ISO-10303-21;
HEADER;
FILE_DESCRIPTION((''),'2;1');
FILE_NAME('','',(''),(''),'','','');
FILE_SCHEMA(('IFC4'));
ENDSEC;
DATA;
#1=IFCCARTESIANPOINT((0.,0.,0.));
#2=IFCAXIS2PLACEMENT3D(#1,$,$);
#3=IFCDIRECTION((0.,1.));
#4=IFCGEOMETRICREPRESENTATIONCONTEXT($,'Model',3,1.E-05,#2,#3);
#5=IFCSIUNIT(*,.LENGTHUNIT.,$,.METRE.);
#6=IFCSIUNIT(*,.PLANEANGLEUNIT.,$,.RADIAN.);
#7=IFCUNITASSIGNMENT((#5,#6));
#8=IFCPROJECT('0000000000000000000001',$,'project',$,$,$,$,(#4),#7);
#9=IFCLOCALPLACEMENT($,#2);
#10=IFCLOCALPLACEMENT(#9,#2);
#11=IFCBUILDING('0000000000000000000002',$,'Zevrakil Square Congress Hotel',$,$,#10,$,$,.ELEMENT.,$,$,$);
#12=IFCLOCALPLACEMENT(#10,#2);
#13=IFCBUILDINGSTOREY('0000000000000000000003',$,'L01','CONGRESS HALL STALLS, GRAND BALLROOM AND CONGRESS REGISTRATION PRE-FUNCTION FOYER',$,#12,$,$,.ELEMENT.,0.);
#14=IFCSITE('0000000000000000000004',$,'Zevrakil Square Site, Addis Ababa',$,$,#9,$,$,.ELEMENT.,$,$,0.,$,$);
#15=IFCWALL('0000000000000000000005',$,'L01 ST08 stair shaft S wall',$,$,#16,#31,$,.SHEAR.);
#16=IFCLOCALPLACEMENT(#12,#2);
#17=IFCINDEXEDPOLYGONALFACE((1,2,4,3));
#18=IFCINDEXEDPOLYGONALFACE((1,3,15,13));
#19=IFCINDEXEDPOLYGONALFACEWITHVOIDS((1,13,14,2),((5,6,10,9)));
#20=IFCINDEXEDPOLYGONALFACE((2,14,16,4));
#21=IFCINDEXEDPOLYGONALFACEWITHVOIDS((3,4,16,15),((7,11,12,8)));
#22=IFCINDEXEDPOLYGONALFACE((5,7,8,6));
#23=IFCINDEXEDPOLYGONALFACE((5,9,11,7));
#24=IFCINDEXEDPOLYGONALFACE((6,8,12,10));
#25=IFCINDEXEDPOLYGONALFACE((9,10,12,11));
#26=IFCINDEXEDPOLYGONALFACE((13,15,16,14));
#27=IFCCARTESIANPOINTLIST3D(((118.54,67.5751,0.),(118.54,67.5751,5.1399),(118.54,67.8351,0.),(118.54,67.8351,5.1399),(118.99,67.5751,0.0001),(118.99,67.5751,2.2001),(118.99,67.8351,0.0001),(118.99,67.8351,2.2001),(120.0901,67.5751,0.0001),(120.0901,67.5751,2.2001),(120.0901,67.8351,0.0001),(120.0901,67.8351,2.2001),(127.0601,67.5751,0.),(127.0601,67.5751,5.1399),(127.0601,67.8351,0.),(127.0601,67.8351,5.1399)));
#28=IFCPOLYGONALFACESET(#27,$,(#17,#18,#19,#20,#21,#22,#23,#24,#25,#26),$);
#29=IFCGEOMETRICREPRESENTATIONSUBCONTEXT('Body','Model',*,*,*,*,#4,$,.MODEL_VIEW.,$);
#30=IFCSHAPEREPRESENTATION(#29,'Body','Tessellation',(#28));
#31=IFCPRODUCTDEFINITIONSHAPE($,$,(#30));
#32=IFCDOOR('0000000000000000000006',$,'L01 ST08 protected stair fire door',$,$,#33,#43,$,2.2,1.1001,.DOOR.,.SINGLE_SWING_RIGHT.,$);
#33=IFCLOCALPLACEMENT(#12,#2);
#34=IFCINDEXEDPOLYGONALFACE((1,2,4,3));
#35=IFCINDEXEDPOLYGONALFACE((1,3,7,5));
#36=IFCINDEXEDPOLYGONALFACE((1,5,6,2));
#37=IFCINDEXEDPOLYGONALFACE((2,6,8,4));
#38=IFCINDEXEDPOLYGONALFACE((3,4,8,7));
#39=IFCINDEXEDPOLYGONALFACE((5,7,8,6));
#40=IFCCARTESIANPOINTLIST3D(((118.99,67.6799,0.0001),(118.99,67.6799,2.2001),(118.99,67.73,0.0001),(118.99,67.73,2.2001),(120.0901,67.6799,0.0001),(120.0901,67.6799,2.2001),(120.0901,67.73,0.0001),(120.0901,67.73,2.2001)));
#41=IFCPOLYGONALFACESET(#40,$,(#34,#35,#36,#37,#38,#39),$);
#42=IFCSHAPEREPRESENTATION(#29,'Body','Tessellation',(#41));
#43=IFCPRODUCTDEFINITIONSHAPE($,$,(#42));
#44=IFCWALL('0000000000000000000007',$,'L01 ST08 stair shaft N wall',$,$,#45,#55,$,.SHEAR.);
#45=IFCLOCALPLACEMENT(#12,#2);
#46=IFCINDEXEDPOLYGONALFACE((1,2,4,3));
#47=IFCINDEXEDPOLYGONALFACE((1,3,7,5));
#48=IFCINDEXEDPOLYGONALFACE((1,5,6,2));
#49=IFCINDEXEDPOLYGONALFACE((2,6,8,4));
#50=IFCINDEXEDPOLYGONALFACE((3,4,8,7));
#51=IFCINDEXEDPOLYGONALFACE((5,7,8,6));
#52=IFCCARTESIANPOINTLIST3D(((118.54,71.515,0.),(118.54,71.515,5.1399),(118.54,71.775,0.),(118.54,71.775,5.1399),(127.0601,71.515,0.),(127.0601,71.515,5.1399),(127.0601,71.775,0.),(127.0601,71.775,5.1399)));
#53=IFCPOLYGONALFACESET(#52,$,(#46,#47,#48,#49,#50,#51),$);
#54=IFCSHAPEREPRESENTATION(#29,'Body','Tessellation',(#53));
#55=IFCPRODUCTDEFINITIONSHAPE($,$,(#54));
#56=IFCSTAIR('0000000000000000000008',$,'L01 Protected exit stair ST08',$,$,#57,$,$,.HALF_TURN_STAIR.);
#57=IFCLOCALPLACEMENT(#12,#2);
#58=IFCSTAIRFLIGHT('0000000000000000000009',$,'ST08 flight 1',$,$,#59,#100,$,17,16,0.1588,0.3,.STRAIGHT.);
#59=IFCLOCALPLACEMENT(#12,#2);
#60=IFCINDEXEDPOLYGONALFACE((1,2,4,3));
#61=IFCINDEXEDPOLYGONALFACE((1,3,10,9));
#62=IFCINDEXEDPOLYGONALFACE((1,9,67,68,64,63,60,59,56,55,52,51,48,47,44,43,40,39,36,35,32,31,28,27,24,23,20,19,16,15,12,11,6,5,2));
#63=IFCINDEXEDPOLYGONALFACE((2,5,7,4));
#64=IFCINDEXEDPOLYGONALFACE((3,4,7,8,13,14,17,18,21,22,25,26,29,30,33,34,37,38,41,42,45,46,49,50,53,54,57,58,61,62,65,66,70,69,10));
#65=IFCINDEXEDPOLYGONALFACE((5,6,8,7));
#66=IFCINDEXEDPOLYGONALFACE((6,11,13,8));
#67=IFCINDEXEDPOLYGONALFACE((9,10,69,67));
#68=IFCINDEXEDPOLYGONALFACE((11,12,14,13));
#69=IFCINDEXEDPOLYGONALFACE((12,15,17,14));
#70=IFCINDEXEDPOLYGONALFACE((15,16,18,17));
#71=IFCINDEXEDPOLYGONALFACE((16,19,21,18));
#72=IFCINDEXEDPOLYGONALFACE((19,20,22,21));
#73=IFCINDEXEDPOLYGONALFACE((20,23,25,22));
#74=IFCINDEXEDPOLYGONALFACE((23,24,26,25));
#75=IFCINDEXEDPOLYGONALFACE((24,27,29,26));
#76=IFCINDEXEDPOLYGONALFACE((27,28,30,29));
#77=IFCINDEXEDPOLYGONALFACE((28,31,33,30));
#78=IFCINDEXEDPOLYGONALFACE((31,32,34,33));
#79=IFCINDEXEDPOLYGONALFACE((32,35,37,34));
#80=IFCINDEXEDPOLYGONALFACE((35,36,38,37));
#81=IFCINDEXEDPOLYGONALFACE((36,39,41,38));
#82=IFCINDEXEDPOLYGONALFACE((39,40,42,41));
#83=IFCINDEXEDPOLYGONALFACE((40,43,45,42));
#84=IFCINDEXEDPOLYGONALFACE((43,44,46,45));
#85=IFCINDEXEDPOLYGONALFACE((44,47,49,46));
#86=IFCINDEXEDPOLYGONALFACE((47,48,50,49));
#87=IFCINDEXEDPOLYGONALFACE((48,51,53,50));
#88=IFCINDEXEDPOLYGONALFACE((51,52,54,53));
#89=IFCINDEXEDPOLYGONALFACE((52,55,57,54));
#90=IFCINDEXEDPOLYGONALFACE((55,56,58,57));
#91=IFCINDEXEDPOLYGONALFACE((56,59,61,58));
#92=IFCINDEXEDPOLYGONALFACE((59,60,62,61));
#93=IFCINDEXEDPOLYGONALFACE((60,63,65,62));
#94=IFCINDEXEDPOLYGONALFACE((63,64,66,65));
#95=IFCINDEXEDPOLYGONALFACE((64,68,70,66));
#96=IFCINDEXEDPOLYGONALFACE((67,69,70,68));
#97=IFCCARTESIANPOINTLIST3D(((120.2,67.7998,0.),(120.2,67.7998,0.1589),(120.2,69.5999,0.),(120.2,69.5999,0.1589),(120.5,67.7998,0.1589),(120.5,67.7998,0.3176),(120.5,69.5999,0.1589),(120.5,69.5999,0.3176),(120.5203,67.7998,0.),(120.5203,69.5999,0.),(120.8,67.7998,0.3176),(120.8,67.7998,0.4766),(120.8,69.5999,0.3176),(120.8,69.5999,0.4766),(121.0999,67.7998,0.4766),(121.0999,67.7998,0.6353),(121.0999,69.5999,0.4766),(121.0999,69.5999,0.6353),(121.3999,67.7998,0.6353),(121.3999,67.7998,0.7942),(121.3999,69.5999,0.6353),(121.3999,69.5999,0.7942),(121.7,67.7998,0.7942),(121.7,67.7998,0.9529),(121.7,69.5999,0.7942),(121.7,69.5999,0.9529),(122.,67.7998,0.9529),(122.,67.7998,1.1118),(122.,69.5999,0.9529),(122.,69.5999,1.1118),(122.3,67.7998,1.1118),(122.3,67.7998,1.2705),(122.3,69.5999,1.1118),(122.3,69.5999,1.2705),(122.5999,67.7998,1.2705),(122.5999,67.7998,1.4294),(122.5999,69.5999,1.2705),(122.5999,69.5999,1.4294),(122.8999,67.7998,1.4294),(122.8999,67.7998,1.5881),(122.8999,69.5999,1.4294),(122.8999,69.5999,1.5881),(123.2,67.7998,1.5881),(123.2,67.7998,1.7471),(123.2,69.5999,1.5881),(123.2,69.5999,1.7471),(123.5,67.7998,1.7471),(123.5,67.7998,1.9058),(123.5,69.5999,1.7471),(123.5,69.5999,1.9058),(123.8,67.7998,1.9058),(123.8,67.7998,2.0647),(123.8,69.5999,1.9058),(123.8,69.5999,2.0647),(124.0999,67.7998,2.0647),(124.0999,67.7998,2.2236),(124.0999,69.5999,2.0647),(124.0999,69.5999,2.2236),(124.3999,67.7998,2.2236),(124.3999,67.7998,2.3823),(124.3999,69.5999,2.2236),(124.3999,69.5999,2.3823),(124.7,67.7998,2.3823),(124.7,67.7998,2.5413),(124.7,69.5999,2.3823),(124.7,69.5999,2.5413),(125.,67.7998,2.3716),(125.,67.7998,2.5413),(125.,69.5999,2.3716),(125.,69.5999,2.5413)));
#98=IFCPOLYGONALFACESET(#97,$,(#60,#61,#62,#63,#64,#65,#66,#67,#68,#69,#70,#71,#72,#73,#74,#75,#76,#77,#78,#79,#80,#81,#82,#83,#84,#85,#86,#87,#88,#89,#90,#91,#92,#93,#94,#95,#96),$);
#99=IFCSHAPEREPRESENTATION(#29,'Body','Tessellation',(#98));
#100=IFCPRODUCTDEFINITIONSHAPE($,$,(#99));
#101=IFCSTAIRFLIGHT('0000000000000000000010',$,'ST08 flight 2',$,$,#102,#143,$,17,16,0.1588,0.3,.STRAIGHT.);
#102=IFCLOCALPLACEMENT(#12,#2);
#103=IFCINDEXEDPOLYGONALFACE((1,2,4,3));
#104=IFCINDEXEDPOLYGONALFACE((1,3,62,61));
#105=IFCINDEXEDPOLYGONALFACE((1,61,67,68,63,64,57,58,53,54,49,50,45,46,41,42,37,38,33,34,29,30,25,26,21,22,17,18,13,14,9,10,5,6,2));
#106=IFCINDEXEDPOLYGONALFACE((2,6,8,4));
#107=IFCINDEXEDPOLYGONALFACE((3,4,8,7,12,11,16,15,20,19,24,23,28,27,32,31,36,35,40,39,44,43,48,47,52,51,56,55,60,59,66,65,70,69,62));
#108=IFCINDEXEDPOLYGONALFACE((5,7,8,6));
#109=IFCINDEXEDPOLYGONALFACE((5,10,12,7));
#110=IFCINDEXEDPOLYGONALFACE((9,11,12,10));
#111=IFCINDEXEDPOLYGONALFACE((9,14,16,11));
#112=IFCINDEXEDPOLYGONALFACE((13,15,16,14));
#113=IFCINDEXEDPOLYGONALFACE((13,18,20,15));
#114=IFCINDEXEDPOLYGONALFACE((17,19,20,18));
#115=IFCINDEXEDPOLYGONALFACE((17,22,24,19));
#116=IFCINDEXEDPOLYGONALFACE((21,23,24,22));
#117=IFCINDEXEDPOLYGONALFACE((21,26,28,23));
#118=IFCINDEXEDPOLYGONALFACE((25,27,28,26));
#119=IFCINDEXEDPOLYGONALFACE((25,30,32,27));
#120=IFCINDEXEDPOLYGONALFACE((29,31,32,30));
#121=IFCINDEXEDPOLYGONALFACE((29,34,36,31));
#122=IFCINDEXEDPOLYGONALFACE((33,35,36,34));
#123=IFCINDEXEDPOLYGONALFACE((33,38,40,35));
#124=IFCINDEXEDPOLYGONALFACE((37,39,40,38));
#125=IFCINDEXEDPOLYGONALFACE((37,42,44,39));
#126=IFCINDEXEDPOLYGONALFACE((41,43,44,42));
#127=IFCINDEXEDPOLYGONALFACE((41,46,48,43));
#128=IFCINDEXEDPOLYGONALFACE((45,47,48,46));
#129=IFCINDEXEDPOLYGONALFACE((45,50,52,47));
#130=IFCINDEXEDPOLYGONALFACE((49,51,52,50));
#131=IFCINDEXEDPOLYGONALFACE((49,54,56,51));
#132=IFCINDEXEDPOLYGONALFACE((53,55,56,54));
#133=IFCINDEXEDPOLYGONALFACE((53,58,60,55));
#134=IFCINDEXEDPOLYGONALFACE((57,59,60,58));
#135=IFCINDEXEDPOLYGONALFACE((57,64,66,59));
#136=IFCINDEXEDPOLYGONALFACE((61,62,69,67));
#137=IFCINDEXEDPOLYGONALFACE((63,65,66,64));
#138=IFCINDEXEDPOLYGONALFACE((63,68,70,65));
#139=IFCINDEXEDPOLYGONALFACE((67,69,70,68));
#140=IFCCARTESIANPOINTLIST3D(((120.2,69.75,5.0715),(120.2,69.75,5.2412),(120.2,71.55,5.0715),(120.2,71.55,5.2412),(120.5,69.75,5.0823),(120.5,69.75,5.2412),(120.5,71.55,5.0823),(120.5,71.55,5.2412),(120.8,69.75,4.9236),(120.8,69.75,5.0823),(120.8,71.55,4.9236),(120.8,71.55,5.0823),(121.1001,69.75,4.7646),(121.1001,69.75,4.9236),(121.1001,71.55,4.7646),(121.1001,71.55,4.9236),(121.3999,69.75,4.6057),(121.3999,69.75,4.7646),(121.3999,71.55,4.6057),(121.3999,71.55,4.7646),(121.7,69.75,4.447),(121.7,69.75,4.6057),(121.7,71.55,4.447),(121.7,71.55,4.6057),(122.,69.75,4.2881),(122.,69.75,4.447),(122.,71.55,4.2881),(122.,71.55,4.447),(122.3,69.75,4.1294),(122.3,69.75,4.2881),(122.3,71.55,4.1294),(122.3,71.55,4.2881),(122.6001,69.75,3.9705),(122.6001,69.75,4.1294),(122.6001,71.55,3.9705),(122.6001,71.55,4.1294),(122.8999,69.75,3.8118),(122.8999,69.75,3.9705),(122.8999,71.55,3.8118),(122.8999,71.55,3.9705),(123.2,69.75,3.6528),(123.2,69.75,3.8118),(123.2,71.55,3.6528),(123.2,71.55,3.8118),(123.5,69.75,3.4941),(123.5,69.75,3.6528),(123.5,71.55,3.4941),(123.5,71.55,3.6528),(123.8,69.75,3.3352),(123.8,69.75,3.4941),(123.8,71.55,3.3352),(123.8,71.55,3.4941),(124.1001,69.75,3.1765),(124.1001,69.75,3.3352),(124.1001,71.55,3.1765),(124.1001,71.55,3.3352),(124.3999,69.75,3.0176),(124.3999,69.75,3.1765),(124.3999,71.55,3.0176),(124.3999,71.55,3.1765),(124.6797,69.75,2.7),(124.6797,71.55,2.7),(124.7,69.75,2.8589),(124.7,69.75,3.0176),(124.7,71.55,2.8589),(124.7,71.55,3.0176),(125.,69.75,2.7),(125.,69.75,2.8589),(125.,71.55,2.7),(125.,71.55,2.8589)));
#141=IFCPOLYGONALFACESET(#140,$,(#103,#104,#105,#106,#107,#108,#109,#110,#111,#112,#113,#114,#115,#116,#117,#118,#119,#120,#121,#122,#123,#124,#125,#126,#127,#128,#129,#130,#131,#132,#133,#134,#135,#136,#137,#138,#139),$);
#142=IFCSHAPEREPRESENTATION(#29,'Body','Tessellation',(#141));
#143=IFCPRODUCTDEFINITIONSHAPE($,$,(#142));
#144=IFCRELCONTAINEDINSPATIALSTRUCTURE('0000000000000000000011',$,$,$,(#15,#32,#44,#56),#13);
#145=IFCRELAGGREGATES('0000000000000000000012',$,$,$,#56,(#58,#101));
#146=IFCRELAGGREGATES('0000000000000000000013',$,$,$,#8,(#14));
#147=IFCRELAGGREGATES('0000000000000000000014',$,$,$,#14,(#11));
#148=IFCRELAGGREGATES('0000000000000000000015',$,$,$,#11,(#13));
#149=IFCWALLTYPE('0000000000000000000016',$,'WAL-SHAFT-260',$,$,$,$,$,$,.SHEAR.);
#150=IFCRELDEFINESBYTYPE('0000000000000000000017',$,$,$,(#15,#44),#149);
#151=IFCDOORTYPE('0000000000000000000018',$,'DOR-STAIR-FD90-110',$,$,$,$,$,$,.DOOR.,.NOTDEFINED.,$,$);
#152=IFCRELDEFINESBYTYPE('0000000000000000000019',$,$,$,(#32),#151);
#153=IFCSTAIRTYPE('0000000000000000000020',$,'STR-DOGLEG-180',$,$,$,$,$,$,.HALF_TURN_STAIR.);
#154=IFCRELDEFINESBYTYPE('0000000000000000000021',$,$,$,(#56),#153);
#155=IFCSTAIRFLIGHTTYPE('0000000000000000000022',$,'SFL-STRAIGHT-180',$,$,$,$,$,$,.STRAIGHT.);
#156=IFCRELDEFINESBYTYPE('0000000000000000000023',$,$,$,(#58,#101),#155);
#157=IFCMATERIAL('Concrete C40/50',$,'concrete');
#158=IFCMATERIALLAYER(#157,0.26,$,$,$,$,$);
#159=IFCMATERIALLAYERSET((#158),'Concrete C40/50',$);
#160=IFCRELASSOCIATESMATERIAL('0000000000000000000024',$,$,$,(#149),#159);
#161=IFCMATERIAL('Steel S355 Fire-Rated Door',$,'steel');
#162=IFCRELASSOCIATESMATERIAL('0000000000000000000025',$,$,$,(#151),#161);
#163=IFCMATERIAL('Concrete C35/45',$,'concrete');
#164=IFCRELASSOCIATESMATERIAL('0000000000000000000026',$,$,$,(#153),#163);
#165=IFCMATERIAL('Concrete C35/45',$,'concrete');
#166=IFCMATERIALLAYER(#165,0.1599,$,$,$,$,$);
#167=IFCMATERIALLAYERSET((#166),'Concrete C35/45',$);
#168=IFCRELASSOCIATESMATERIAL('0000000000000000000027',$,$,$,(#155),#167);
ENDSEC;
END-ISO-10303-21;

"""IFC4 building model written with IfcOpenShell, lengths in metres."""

from ifc_helpers import new_model, si_unit, direction, frame, frame_2d, origin, place, context, subcontext, project, spatial, polyline, rectangle, outline, extrude, material, layer, layer_set, type_object, element, fill, aggregate, save


model = new_model("IFC4")

# Units and contexts
model_context = context("Model", 3, precision=1e-05, world=origin(), true_north=direction((0.0, 1.0)))
body_context = subcontext(model_context, "Body", "Model", "MODEL_VIEW")
ifc_project = project(units=[si_unit("LENGTHUNIT", "METRE"), si_unit("PLANEANGLEUNIT", "RADIAN")], contexts=[model_context])

# Site, building, storey
site_placement = place(None, origin())
site = spatial("IfcSite", under=ifc_project, at=site_placement, Name="Zevrakil Square Site, Addis Ababa", CompositionType="ELEMENT", RefElevation=0.0)
building_placement = place(site_placement, origin())
building = spatial("IfcBuilding", under=site, at=building_placement, Name="Zevrakil Square Congress Hotel", CompositionType="ELEMENT")
storey_placement = place(building_placement, origin())
storey = spatial("IfcBuildingStorey", under=building, at=storey_placement, Name="L01", Description="CONGRESS HALL STALLS, GRAND BALLROOM AND CONGRESS REGISTRATION PRE-FUNCTION FOYER", CompositionType="ELEMENT", Elevation=0.0)

# Shared definitions
ifc_material_1 = material(Name="Concrete C40/50", Category="concrete")
ifc_layer_1 = layer(ifc_material_1, 0.26)
ifc_layer_set_1 = layer_set([ifc_layer_1], Name="Concrete C40/50")
wall_type_1 = type_object("IfcWallType", Name="WAL-SHAFT-260", PredefinedType="SHEAR", material=ifc_layer_set_1)

# Wall, opening, door
wall_1_placement = place(storey_placement, frame((118.54, 67.7051, 0.0), z_axis=(0.0, 0.0, 1.0), x_axis=(1.0, 0.0, 0.0)))
wall_1 = element("IfcWall", 1, at=wall_1_placement, inside=storey, type_object=wall_type_1, Name="L01 ST08 stair shaft S wall", PredefinedType="SHEAR", context=body_context, shape_type="SweptSolid", body=[
    extrude(rectangle(XDim=8.52, YDim=0.26, at=frame_2d((4.26, 0.0))), origin(), (0.0, 0.0, 1.0), 5.1399),
])
opening_1_placement = place(wall_1_placement, frame((0.45, 0.0, 0.0)))
opening_1 = element("IfcOpeningElement", 2, at=opening_1_placement, cuts=wall_1, PredefinedType="OPENING", context=body_context, shape_type="SweptSolid", body=[
    extrude(rectangle(XDim=1.1001, YDim=2.2, at=frame_2d((0.55, 1.1001))), frame((0.0, 0.1401, 0.0), z_axis=(0.0, -1.0, 0.0), x_axis=(1.0, 0.0, 0.0)), (0.0, 0.0, 1.0), 0.28),
])
ifc_material_2 = material(Name="Steel S355 Fire-Rated Door", Category="steel")
door_type_1 = type_object("IfcDoorType", Name="DOR-STAIR-FD90-110", OperationType="NOTDEFINED", PredefinedType="DOOR", material=ifc_material_2)
door_1_placement = place(opening_1_placement, origin())
door_1 = element("IfcDoor", 3, at=door_1_placement, inside=storey, type_object=door_type_1, Name="L01 ST08 protected stair fire door", OperationType="SINGLE_SWING_RIGHT", OverallHeight=2.2, OverallWidth=1.1001, PredefinedType="DOOR", context=body_context, shape_type="SweptSolid", body=[
    extrude(rectangle(XDim=1.1001, YDim=2.2, at=frame_2d((0.55, 1.1001))), frame((0.0, 0.0249, 0.0), z_axis=(0.0, -1.0, 0.0), x_axis=(1.0, 0.0, 0.0)), (0.0, 0.0, 1.0), 0.05),
])
fill(opening_1, door_1)

# Wall
wall_2_placement = place(storey_placement, frame((118.54, 71.645, 0.0), z_axis=(0.0, 0.0, 1.0), x_axis=(1.0, 0.0, 0.0)))
element("IfcWall", 4, at=wall_2_placement, inside=storey, type_object=wall_type_1, Name="L01 ST08 stair shaft N wall", PredefinedType="SHEAR", context=body_context, shape_type="SweptSolid", body=[
    extrude(rectangle(XDim=8.52, YDim=0.26, at=frame_2d((4.26, 0.0))), origin(), (0.0, 0.0, 1.0), 5.1399),
])

# Stair, stair flights
ifc_material_3 = material(Name="Concrete C35/45", Category="concrete")
stair_type = type_object("IfcStairType", Name="STR-DOGLEG-180", PredefinedType="HALF_TURN_STAIR", material=ifc_material_3)
stair_placement = place(storey_placement, origin())
stair = element("IfcStair", 5, at=stair_placement, inside=storey, type_object=stair_type, Name="L01 Protected exit stair ST08", PredefinedType="HALF_TURN_STAIR")
ifc_material_4 = material(Name="Concrete C35/45", Category="concrete")
ifc_layer_2 = layer(ifc_material_4, 0.1599)
ifc_layer_set_2 = layer_set([ifc_layer_2], Name="Concrete C35/45")
stair_flight_type = type_object("IfcStairFlightType", Name="SFL-STRAIGHT-180", PredefinedType="STRAIGHT", material=ifc_layer_set_2)
stair_flight_1_placement = place(storey_placement, frame((120.2, 68.7, 0.0), z_axis=(0.0, 0.0, 1.0), x_axis=(1.0, 0.0, 0.0)))
stair_flight_1 = element("IfcStairFlight", 6, at=stair_flight_1_placement, type_object=stair_flight_type, Name="ST08 flight 1", NumberOfRisers=17, NumberOfTreads=16, PredefinedType="STRAIGHT", RiserHeight=0.1588, TreadLength=0.3, context=body_context, shape_type="SweptSolid", body=[
    extrude(outline(polyline([(0.0, 0.0), (0.0, 0.1589), (0.3, 0.1589), (0.3, 0.3176), (0.6001, 0.3176), (0.6001, 0.4766), (0.8999, 0.4766), (0.8999, 0.6353), (1.2, 0.6353), (1.2, 0.7942), (1.5, 0.7942), (1.5, 0.9529), (1.8, 0.9529), (1.8, 1.1118), (2.1001, 1.1118), (2.1001, 1.2705), (2.3999, 1.2705), (2.3999, 1.4294), (2.7, 1.4294), (2.7, 1.5881), (3.0, 1.5881), (3.0, 1.7471), (3.3, 1.7471), (3.3, 1.9058), (3.6001, 1.9058), (3.6001, 2.0647), (3.8999, 2.0647), (3.8999, 2.2236), (4.2, 2.2236), (4.2, 2.3823), (4.5, 2.3823), (4.5, 2.5413), (4.8, 2.5413), (4.8, 2.7), (4.8, 2.3716), (0.3203, 0.0), (0.0, 0.0)])), frame((0.0, 0.8999, 0.0), z_axis=(0.0, -1.0, 0.0), x_axis=(1.0, 0.0, 0.0)), (0.0, 0.0, 1.0), 1.8),
])
stair_flight_2_placement = place(storey_placement, frame((125.0, 70.6499, 2.7), z_axis=(0.0, 0.0, 1.0), x_axis=(-1.0, 0.0, 0.0)))
stair_flight_2 = element("IfcStairFlight", 7, at=stair_flight_2_placement, type_object=stair_flight_type, Name="ST08 flight 2", NumberOfRisers=17, NumberOfTreads=16, PredefinedType="STRAIGHT", RiserHeight=0.1588, TreadLength=0.3, context=body_context, shape_type="SweptSolid", body=[
    extrude(outline(polyline([(0.0, 0.0), (0.0, 0.1589), (0.3, 0.1589), (0.3, 0.3176), (0.6001, 0.3176), (0.6001, 0.4766), (0.8999, 0.4766), (0.8999, 0.6353), (1.2, 0.6353), (1.2, 0.7942), (1.5, 0.7942), (1.5, 0.9529), (1.8, 0.9529), (1.8, 1.1118), (2.1001, 1.1118), (2.1001, 1.2705), (2.3999, 1.2705), (2.3999, 1.4294), (2.7, 1.4294), (2.7, 1.5881), (3.0, 1.5881), (3.0, 1.7471), (3.3, 1.7471), (3.3, 1.9058), (3.6001, 1.9058), (3.6001, 2.0647), (3.8999, 2.0647), (3.8999, 2.2236), (4.2, 2.2236), (4.2, 2.3823), (4.5, 2.3823), (4.5, 2.5413), (4.8, 2.5413), (4.8, 2.7), (4.8, 2.3716), (0.3203, 0.0), (0.0, 0.0)])), frame((0.0, 0.8999, 0.0), z_axis=(0.0, -1.0, 0.0), x_axis=(1.0, 0.0, 0.0)), (0.0, 0.0, 1.0), 1.8),
])
aggregate(stair, [stair_flight_1, stair_flight_2])

save(model, "model.ifc")
